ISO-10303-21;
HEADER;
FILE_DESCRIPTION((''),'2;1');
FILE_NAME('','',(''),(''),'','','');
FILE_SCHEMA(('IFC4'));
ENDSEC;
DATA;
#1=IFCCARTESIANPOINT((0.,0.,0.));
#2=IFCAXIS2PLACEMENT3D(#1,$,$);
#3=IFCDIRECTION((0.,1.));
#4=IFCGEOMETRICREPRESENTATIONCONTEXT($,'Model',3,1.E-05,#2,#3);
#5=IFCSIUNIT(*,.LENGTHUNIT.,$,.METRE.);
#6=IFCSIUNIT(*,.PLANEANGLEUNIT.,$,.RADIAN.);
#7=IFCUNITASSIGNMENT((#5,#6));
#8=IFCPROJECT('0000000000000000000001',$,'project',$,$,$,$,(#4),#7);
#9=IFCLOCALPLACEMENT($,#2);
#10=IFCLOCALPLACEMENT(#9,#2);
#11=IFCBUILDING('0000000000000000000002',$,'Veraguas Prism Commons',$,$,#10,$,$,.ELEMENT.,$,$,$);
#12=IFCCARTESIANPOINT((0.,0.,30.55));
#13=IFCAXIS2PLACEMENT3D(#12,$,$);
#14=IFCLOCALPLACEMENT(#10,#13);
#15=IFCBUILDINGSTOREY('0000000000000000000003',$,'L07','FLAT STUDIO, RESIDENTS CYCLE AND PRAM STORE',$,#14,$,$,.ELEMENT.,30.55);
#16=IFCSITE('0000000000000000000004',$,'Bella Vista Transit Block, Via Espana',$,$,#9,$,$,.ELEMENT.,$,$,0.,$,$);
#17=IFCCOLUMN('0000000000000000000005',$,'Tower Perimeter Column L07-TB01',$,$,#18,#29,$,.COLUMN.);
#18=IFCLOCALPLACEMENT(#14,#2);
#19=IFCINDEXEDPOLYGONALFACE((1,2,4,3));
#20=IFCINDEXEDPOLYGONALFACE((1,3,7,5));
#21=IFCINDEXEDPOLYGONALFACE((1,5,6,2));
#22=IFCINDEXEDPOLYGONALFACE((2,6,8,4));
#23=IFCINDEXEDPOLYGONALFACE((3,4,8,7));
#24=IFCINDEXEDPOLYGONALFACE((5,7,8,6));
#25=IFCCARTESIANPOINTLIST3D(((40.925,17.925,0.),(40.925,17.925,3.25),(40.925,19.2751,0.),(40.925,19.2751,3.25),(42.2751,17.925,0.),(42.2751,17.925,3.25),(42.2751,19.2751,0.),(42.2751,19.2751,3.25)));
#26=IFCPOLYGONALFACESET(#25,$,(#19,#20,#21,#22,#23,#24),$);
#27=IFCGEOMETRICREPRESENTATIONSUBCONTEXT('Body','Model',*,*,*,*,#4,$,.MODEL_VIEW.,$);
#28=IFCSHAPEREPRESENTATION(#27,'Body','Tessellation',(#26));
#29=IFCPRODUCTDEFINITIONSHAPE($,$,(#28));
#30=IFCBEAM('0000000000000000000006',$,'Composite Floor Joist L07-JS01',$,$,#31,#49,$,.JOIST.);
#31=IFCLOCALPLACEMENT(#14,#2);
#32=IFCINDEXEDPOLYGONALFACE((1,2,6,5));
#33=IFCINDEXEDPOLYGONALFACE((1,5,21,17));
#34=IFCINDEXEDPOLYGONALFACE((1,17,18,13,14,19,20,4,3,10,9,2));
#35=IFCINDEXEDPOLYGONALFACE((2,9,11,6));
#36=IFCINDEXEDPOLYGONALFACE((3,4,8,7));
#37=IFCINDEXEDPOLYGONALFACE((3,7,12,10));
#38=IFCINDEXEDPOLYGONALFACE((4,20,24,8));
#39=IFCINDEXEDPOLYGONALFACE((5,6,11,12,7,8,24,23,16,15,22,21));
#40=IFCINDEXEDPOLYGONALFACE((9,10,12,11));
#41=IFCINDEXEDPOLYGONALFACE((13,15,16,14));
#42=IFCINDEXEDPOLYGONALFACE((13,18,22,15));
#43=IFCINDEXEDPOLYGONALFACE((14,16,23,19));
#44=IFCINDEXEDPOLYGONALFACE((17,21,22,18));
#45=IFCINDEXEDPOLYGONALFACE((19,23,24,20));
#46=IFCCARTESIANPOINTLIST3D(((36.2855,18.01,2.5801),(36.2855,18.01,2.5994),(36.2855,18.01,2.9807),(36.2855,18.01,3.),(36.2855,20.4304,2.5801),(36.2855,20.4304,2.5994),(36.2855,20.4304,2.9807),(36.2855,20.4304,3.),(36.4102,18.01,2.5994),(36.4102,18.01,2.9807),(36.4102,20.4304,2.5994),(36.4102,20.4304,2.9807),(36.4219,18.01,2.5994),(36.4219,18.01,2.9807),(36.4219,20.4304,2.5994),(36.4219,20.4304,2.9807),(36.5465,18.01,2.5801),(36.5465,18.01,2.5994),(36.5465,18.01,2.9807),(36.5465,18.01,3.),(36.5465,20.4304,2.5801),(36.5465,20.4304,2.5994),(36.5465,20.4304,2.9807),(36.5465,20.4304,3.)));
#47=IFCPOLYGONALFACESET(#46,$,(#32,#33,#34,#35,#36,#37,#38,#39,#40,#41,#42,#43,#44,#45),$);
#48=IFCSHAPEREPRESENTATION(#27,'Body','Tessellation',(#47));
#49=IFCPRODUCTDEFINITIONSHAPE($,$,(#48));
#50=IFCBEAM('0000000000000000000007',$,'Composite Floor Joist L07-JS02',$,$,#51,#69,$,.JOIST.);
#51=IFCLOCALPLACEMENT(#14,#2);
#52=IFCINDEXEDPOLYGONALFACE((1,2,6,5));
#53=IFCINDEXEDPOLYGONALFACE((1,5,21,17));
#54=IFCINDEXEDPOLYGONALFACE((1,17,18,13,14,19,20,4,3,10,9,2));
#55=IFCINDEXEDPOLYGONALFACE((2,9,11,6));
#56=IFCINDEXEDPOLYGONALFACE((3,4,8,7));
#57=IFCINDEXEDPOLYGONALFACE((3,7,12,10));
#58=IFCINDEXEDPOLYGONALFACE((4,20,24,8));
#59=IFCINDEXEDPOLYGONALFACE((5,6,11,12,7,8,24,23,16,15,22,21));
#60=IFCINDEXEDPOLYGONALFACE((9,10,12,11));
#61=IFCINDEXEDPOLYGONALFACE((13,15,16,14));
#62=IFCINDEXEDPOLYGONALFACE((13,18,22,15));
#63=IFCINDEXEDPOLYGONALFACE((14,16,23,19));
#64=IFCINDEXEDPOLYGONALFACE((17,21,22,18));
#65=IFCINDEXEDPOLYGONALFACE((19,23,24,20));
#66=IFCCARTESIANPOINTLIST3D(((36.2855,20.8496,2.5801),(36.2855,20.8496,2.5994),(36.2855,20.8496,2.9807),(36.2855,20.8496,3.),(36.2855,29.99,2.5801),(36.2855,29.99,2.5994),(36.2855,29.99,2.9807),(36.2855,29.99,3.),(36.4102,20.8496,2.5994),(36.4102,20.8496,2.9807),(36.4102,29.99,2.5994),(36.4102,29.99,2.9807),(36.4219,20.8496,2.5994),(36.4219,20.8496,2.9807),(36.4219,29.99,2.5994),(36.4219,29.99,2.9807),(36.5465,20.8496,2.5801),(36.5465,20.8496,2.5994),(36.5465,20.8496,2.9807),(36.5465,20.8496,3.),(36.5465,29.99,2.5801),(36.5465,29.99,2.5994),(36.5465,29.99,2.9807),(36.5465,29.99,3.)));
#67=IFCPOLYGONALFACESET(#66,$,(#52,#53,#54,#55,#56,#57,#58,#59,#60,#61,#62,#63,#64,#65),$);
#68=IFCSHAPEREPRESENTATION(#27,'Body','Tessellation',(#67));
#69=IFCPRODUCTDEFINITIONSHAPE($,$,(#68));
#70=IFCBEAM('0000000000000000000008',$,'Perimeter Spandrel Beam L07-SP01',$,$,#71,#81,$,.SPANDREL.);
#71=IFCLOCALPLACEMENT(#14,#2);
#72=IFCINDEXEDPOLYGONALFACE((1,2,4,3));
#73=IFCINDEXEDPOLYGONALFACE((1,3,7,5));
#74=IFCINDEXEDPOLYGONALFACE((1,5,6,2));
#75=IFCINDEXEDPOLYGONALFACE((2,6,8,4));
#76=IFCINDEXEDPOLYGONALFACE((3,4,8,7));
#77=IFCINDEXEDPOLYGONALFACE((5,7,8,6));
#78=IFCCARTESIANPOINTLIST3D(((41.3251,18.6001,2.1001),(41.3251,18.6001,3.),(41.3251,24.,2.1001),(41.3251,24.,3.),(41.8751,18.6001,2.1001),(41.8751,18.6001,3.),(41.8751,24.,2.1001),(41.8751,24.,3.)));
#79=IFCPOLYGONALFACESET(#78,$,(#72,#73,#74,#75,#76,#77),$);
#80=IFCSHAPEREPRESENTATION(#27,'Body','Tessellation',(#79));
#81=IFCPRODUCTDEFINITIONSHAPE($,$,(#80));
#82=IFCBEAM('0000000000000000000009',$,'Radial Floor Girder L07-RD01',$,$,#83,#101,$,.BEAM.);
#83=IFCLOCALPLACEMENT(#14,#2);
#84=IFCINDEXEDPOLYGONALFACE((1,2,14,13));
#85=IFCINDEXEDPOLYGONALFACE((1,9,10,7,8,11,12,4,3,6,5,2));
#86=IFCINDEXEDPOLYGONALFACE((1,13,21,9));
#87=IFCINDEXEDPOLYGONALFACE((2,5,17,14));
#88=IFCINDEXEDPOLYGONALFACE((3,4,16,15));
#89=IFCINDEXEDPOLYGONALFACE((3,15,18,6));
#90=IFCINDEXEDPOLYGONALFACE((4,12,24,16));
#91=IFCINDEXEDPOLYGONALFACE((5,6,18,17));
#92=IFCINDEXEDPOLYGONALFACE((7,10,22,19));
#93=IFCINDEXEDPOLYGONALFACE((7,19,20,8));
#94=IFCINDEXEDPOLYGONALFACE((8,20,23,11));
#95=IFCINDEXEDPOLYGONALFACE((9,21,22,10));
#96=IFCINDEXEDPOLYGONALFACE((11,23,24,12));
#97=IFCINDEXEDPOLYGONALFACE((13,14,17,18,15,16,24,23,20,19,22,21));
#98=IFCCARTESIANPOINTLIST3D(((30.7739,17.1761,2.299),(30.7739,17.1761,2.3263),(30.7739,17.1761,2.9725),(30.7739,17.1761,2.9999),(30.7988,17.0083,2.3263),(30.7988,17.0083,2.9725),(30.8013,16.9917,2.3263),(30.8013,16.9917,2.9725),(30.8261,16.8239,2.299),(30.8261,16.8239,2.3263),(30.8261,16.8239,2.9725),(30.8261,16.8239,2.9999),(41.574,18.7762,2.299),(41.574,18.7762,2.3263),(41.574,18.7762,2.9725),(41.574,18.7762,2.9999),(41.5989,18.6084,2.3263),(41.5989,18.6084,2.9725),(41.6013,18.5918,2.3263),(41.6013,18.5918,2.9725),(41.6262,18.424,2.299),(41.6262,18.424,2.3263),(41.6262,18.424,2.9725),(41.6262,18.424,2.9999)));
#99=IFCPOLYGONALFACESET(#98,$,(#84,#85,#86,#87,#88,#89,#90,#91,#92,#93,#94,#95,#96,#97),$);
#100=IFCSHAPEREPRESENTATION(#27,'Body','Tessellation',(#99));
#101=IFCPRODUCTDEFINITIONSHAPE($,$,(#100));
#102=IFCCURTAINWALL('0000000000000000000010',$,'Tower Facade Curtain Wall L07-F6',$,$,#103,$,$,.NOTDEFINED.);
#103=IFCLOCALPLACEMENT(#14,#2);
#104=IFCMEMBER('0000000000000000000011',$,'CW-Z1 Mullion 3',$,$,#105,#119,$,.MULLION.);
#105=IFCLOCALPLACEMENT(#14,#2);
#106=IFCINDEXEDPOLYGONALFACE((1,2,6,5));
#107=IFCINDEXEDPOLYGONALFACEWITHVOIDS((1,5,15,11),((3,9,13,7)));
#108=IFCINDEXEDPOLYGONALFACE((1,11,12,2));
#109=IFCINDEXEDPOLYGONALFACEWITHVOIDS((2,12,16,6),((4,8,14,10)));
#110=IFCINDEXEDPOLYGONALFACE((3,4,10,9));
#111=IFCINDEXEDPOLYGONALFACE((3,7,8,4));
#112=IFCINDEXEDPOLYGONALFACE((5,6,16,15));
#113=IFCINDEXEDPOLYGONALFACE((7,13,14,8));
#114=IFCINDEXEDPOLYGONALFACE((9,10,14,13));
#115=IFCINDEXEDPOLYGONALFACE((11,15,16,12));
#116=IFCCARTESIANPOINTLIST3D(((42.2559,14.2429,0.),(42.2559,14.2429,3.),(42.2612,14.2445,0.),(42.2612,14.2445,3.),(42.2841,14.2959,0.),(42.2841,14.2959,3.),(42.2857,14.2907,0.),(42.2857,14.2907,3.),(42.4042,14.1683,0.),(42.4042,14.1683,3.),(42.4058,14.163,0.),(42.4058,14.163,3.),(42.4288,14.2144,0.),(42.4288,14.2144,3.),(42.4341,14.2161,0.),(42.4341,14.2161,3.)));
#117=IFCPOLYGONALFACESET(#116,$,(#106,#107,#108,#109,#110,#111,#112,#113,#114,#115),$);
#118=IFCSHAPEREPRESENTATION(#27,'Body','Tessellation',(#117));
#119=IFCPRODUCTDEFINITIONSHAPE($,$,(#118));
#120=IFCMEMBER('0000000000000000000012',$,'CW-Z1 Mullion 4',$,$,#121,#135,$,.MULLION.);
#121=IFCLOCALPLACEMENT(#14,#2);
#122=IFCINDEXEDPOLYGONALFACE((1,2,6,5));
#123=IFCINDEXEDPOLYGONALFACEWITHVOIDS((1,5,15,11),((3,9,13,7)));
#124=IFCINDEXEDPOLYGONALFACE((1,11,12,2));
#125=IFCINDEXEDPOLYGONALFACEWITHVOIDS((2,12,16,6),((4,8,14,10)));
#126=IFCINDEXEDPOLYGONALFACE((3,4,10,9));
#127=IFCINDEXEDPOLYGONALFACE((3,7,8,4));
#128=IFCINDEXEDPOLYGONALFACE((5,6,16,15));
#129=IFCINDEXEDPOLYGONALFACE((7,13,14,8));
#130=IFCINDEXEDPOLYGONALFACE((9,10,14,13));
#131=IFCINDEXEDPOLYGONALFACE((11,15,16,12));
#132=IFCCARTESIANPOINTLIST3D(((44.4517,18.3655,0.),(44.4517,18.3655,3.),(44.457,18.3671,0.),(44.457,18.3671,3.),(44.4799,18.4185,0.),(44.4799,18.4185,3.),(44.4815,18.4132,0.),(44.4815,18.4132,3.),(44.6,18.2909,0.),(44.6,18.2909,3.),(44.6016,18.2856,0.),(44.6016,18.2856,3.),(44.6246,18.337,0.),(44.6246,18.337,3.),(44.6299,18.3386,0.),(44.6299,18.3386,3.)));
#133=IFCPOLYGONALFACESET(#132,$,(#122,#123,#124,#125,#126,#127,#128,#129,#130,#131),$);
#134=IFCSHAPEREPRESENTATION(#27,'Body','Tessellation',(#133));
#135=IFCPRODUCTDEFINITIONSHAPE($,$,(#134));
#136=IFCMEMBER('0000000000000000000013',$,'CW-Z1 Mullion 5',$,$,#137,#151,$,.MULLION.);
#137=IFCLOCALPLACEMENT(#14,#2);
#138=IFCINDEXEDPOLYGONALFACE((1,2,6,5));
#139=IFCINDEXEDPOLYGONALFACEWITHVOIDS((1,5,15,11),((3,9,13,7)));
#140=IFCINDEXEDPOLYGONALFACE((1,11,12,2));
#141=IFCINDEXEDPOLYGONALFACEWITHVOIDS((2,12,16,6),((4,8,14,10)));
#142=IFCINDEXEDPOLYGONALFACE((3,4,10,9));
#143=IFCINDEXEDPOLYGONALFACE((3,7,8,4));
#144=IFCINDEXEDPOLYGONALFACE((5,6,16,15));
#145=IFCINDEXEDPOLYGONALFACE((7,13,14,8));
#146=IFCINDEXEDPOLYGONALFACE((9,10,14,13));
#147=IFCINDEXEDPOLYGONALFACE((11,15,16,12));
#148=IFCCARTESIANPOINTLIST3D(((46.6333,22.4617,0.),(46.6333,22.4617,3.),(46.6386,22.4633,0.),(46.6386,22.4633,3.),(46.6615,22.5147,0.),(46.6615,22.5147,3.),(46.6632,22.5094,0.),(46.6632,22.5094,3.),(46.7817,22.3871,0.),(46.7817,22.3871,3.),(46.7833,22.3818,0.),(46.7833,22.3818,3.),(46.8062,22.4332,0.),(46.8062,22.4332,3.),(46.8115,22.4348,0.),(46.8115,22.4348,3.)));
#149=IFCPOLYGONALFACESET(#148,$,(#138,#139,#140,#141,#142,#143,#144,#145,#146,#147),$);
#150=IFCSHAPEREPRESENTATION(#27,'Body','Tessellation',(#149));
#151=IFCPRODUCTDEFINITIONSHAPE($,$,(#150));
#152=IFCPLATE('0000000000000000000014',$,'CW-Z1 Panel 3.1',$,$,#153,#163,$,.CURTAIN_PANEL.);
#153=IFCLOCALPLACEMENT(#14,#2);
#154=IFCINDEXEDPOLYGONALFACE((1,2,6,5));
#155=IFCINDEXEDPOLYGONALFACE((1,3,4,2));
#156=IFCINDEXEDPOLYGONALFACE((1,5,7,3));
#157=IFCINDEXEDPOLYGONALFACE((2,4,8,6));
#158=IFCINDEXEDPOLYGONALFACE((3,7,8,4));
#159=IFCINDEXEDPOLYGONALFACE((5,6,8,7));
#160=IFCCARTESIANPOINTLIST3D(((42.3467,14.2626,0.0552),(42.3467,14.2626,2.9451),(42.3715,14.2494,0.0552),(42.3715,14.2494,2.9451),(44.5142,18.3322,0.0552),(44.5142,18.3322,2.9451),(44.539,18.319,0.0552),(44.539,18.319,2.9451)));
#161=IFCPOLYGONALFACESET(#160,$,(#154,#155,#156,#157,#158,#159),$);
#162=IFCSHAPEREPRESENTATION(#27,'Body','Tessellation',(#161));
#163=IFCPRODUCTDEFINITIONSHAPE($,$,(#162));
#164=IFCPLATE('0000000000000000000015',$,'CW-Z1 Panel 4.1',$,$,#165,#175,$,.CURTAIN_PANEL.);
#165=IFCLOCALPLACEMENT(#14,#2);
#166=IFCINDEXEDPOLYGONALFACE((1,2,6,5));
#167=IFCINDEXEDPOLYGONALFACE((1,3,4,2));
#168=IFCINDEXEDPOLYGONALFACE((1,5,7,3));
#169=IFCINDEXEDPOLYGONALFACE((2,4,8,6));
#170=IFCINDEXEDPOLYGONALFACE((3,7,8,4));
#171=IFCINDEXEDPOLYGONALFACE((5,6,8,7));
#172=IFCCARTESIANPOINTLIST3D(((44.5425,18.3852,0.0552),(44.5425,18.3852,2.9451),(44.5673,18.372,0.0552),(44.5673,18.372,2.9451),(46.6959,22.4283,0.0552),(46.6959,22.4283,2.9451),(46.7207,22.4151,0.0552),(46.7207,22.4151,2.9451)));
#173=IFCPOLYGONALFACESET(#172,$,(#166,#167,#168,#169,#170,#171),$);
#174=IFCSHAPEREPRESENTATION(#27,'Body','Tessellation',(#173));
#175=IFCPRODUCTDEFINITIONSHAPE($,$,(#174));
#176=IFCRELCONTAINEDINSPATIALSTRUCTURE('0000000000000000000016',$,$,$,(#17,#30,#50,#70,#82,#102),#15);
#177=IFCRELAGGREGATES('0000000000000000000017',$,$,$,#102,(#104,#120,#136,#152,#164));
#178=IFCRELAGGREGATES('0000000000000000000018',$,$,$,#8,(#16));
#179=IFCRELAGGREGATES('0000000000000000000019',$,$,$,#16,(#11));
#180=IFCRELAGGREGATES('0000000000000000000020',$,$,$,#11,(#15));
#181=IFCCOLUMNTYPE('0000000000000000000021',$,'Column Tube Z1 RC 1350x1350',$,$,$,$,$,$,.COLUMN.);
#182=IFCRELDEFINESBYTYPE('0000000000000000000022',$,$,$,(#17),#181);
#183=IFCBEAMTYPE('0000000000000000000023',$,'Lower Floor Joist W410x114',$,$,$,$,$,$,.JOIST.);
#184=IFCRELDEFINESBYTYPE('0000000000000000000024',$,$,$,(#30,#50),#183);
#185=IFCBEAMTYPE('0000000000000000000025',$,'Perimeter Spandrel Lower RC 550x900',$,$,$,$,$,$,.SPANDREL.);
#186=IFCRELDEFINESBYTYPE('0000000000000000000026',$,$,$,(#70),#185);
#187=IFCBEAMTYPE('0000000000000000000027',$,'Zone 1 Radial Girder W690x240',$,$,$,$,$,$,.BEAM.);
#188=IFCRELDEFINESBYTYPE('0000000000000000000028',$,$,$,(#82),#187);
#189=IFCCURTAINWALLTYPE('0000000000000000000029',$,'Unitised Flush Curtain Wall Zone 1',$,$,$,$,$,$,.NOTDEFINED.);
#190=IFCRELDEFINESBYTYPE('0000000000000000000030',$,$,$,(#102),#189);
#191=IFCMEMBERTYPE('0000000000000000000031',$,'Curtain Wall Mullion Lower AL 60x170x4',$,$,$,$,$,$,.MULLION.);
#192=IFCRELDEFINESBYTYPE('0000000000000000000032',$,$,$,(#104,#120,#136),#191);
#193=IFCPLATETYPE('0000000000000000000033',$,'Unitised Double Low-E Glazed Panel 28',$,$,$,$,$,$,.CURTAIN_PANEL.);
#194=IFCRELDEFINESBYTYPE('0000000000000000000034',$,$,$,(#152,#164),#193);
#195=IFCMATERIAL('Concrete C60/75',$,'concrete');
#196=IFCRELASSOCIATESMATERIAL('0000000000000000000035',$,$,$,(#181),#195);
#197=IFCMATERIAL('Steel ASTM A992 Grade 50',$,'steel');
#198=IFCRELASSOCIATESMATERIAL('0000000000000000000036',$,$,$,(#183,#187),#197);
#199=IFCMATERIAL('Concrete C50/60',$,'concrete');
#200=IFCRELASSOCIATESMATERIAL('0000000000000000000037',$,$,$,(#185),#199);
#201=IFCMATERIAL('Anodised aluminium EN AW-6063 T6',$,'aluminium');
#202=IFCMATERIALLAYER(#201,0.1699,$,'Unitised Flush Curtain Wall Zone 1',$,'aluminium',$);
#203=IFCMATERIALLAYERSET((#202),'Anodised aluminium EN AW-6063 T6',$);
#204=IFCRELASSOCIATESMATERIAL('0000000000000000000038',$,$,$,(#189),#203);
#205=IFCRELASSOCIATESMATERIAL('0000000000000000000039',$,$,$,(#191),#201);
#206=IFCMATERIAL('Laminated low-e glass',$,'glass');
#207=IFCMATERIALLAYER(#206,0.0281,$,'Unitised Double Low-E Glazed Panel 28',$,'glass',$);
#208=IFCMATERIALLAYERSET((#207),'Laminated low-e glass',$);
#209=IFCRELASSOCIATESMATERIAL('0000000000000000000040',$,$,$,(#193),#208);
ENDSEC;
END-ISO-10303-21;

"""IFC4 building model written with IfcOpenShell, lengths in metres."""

from ifc_helpers import new_model, si_unit, direction, frame, origin, origin_2d, place, context, subcontext, project, spatial, rectangle, hollow_rectangle, i_section, extrude, source, transform, mapped, material, layer, layer_set, material_profile, profile_set, type_object, element, aggregate, save


model = new_model("IFC4")

# Units and contexts
model_context = context("Model", 3, precision=1e-05, world=origin(), true_north=direction((0.0, 1.0)))
body_context = subcontext(model_context, "Body", "Model", "MODEL_VIEW")
ifc_project = project(units=[si_unit("LENGTHUNIT", "METRE"), si_unit("PLANEANGLEUNIT", "RADIAN")], contexts=[model_context])

# Site, building, storey
site_placement = place(None, origin())
site = spatial("IfcSite", under=ifc_project, at=site_placement, Name="Bella Vista Transit Block, Via Espana", CompositionType="ELEMENT", RefElevation=0.0)
building_placement = place(site_placement, origin())
building = spatial("IfcBuilding", under=site, at=building_placement, Name="Veraguas Prism Commons", CompositionType="ELEMENT")
storey_placement = place(building_placement, frame((0.0, 0.0, 30.55)))
storey = spatial("IfcBuildingStorey", under=building, at=storey_placement, Name="L07", Description="FLAT STUDIO, RESIDENTS CYCLE AND PRAM STORE", CompositionType="ELEMENT", Elevation=30.55)

# Column
ifc_material_1 = material(Name="Concrete C60/75", Category="concrete")
ifc_material_profile_1 = material_profile(ifc_material_1, rectangle(XDim=1.3501, YDim=1.3501, at=origin_2d()), Name="RC1350X1350")
ifc_profile_set_1 = profile_set([ifc_material_profile_1], Name="Concrete C60/75")
column_type = type_object("IfcColumnType", Name="Column Tube Z1 RC 1350x1350", PredefinedType="COLUMN", material=ifc_profile_set_1)
column_placement = place(storey_placement, frame((41.6001, 18.6001, 0.0), z_axis=(0.0, 0.0, 1.0), x_axis=(1.0, 0.0, 0.0)))
element("IfcColumn", 1, at=column_placement, inside=storey, type_object=column_type, Name="Tower Perimeter Column L07-TB01", PredefinedType="COLUMN", context=body_context, shape_type="SweptSolid", body=[
    extrude(rectangle(XDim=1.3501, YDim=1.3501, at=origin_2d()), origin(), (0.0, 0.0, 1.0), 3.25),
])

# Beams
ifc_material_2 = material(Name="Steel ASTM A992 Grade 50", Category="steel")
ifc_material_profile_2 = material_profile(ifc_material_2, i_section(OverallWidth=0.261, OverallDepth=0.4199, WebThickness=0.0117, FlangeThickness=0.0193, at=origin_2d()), Name="W410X114")
ifc_profile_set_2 = profile_set([ifc_material_profile_2], Name="Steel ASTM A992 Grade 50")
beam_type_1 = type_object("IfcBeamType", Name="Lower Floor Joist W410x114", PredefinedType="JOIST", material=ifc_profile_set_2)
beam_1_placement = place(storey_placement, frame((36.416, 18.01, 2.79), z_axis=(0.0, 1.0, 0.0), x_axis=(-1.0, 0.0, 0.0)))
element("IfcBeam", 2, at=beam_1_placement, inside=storey, type_object=beam_type_1, Name="Composite Floor Joist L07-JS01", PredefinedType="JOIST", context=body_context, shape_type="SweptSolid", body=[
    extrude(i_section(OverallWidth=0.261, OverallDepth=0.4199, WebThickness=0.0117, FlangeThickness=0.0193, at=origin_2d()), origin(), (0.0, 0.0, 1.0), 2.4204),
])
beam_2_placement = place(storey_placement, frame((36.416, 20.8496, 2.79), z_axis=(0.0, 1.0, 0.0), x_axis=(-1.0, 0.0, 0.0)))
element("IfcBeam", 3, at=beam_2_placement, inside=storey, type_object=beam_type_1, Name="Composite Floor Joist L07-JS02", PredefinedType="JOIST", context=body_context, shape_type="SweptSolid", body=[
    extrude(i_section(OverallWidth=0.261, OverallDepth=0.4199, WebThickness=0.0117, FlangeThickness=0.0193, at=origin_2d()), origin(), (0.0, 0.0, 1.0), 9.1404),
])
ifc_material_3 = material(Name="Concrete C50/60", Category="concrete")
ifc_material_profile_3 = material_profile(ifc_material_3, rectangle(XDim=0.55, YDim=0.8999, at=origin_2d()), Name="RC550X900")
ifc_profile_set_3 = profile_set([ifc_material_profile_3], Name="Concrete C50/60")
beam_type_2 = type_object("IfcBeamType", Name="Perimeter Spandrel Lower RC 550x900", PredefinedType="SPANDREL", material=ifc_profile_set_3)
beam_3_placement = place(storey_placement, frame((41.6001, 18.6001, 2.55), z_axis=(0.0, 1.0, 0.0), x_axis=(-1.0, 0.0, 0.0)))
element("IfcBeam", 4, at=beam_3_placement, inside=storey, type_object=beam_type_2, Name="Perimeter Spandrel Beam L07-SP01", PredefinedType="SPANDREL", context=body_context, shape_type="SweptSolid", body=[
    extrude(rectangle(XDim=0.55, YDim=0.8999, at=origin_2d()), origin(), (0.0, 0.0, 1.0), 5.3999),
])
ifc_material_profile_4 = material_profile(ifc_material_2, i_section(OverallWidth=0.356, OverallDepth=0.7009, WebThickness=0.0168, FlangeThickness=0.0273, at=origin_2d()), Name="W690X240")
ifc_profile_set_4 = profile_set([ifc_material_profile_4], Name="Steel ASTM A992 Grade 50")
beam_type_3 = type_object("IfcBeamType", Name="Zone 1 Radial Girder W690x240", PredefinedType="BEAM", material=ifc_profile_set_4)
beam_4_placement = place(storey_placement, frame((41.6001, 18.6001, 2.6494), z_axis=(-0.989202, -0.146557, 0.0), x_axis=(0.146557, -0.989202, 0.0)))
element("IfcBeam", 5, at=beam_4_placement, inside=storey, type_object=beam_type_3, Name="Radial Floor Girder L07-RD01", PredefinedType="BEAM", context=body_context, shape_type="SweptSolid", body=[
    extrude(i_section(OverallWidth=0.356, OverallDepth=0.7009, WebThickness=0.0168, FlangeThickness=0.0273, at=origin_2d()), origin(), (0.0, 0.0, 1.0), 10.918),
])

# Curtain wall, members, plates
ifc_material_4 = material(Name="Anodised aluminium EN AW-6063 T6", Category="aluminium")
ifc_layer_1 = layer(ifc_material_4, 0.1699, Name="Unitised Flush Curtain Wall Zone 1", Category="aluminium")
ifc_layer_set_1 = layer_set([ifc_layer_1], Name="Anodised aluminium EN AW-6063 T6")
curtain_wall_type = type_object("IfcCurtainWallType", Name="Unitised Flush Curtain Wall Zone 1", PredefinedType="NOTDEFINED", material=ifc_layer_set_1)
curtain_wall_placement = place(storey_placement, origin())
curtain_wall = element("IfcCurtainWall", 6, at=curtain_wall_placement, inside=storey, type_object=curtain_wall_type, Name="Tower Facade Curtain Wall L07-F6", PredefinedType="NOTDEFINED")
ifc_material_profile_5 = material_profile(ifc_material_4, hollow_rectangle(XDim=0.0601, YDim=0.1699, WallThickness=0.0039, at=origin_2d()), Name="AL60X170X4")
ifc_profile_set_5 = profile_set([ifc_material_profile_5], Name="Anodised aluminium EN AW-6063 T6")
member_type = type_object("IfcMemberType", Name="Curtain Wall Mullion Lower AL 60x170x4", PredefinedType="MULLION", material=ifc_profile_set_5)
shared_shape_1 = source(origin(), body_context, "Body", "SweptSolid", [
    extrude(hollow_rectangle(XDim=0.0601, YDim=0.1699, WallThickness=0.0039, at=origin_2d()), origin(), (0.0, 0.0, 1.0), 3.0),
])
member_1_placement = place(storey_placement, frame((42.345, 14.2295, 0.0), z_axis=(0.0, 0.0, 1.0), x_axis=(0.470089, 0.882619, 0.0)))
member_1 = element("IfcMember", 7, at=member_1_placement, type_object=member_type, Name="CW-Z1 Mullion 3", PredefinedType="MULLION", context=body_context, shape_type="MappedRepresentation", body=[
    mapped(shared_shape_1, transform((0.0, 0.0, 0.0), scale=1.0)),
])
member_2_placement = place(storey_placement, frame((44.5408, 18.3521, 0.0), z_axis=(0.0, 0.0, 1.0), x_axis=(0.470089, 0.882619, 0.0)))
member_2 = element("IfcMember", 8, at=member_2_placement, type_object=member_type, Name="CW-Z1 Mullion 4", PredefinedType="MULLION", context=body_context, shape_type="MappedRepresentation", body=[
    mapped(shared_shape_1, transform((0.0, 0.0, 0.0), scale=1.0)),
])
member_3_placement = place(storey_placement, frame((46.7224, 22.4482, 0.0), z_axis=(0.0, 0.0, 1.0), x_axis=(0.470089, 0.882619, 0.0)))
member_3 = element("IfcMember", 9, at=member_3_placement, type_object=member_type, Name="CW-Z1 Mullion 5", PredefinedType="MULLION", context=body_context, shape_type="MappedRepresentation", body=[
    mapped(shared_shape_1, transform((0.0, 0.0, 0.0), scale=1.0)),
])
ifc_material_5 = material(Name="Laminated low-e glass", Category="glass")
ifc_layer_2 = layer(ifc_material_5, 0.0281, Name="Unitised Double Low-E Glazed Panel 28", Category="glass")
ifc_layer_set_2 = layer_set([ifc_layer_2], Name="Laminated low-e glass")
plate_type = type_object("IfcPlateType", Name="Unitised Double Low-E Glazed Panel 28", PredefinedType="CURTAIN_PANEL", material=ifc_layer_set_2)
shared_shape_2 = source(origin(), body_context, "Body", "SweptSolid", [
    extrude(rectangle(XDim=4.6108, YDim=0.0281, at=origin_2d()), origin(), (0.0, 0.0, 1.0), 2.8899),
])
plate_1_placement = place(storey_placement, frame((43.4429, 16.2908, 0.0552), z_axis=(0.0, 0.0, 1.0), x_axis=(0.470089, 0.882619, 0.0)))
plate_1 = element("IfcPlate", 10, at=plate_1_placement, type_object=plate_type, Name="CW-Z1 Panel 3.1", PredefinedType="CURTAIN_PANEL", context=body_context, shape_type="MappedRepresentation", body=[
    mapped(shared_shape_2, transform((0.0, 0.0, 0.0), scale=1.0)),
])
shared_shape_3 = source(origin(), body_context, "Body", "SweptSolid", [
    extrude(rectangle(XDim=4.5808, YDim=0.0281, at=origin_2d()), origin(), (0.0, 0.0, 1.0), 2.8899),
])
plate_2_placement = place(storey_placement, frame((45.6316, 20.4001, 0.0552), z_axis=(0.0, 0.0, 1.0), x_axis=(0.470089, 0.882619, 0.0)))
plate_2 = element("IfcPlate", 11, at=plate_2_placement, type_object=plate_type, Name="CW-Z1 Panel 4.1", PredefinedType="CURTAIN_PANEL", context=body_context, shape_type="MappedRepresentation", body=[
    mapped(shared_shape_3, transform((0.0, 0.0, 0.0), scale=1.0)),
])
aggregate(curtain_wall, [member_1, member_2, member_3, plate_1, plate_2])

save(model, "model.ifc")
